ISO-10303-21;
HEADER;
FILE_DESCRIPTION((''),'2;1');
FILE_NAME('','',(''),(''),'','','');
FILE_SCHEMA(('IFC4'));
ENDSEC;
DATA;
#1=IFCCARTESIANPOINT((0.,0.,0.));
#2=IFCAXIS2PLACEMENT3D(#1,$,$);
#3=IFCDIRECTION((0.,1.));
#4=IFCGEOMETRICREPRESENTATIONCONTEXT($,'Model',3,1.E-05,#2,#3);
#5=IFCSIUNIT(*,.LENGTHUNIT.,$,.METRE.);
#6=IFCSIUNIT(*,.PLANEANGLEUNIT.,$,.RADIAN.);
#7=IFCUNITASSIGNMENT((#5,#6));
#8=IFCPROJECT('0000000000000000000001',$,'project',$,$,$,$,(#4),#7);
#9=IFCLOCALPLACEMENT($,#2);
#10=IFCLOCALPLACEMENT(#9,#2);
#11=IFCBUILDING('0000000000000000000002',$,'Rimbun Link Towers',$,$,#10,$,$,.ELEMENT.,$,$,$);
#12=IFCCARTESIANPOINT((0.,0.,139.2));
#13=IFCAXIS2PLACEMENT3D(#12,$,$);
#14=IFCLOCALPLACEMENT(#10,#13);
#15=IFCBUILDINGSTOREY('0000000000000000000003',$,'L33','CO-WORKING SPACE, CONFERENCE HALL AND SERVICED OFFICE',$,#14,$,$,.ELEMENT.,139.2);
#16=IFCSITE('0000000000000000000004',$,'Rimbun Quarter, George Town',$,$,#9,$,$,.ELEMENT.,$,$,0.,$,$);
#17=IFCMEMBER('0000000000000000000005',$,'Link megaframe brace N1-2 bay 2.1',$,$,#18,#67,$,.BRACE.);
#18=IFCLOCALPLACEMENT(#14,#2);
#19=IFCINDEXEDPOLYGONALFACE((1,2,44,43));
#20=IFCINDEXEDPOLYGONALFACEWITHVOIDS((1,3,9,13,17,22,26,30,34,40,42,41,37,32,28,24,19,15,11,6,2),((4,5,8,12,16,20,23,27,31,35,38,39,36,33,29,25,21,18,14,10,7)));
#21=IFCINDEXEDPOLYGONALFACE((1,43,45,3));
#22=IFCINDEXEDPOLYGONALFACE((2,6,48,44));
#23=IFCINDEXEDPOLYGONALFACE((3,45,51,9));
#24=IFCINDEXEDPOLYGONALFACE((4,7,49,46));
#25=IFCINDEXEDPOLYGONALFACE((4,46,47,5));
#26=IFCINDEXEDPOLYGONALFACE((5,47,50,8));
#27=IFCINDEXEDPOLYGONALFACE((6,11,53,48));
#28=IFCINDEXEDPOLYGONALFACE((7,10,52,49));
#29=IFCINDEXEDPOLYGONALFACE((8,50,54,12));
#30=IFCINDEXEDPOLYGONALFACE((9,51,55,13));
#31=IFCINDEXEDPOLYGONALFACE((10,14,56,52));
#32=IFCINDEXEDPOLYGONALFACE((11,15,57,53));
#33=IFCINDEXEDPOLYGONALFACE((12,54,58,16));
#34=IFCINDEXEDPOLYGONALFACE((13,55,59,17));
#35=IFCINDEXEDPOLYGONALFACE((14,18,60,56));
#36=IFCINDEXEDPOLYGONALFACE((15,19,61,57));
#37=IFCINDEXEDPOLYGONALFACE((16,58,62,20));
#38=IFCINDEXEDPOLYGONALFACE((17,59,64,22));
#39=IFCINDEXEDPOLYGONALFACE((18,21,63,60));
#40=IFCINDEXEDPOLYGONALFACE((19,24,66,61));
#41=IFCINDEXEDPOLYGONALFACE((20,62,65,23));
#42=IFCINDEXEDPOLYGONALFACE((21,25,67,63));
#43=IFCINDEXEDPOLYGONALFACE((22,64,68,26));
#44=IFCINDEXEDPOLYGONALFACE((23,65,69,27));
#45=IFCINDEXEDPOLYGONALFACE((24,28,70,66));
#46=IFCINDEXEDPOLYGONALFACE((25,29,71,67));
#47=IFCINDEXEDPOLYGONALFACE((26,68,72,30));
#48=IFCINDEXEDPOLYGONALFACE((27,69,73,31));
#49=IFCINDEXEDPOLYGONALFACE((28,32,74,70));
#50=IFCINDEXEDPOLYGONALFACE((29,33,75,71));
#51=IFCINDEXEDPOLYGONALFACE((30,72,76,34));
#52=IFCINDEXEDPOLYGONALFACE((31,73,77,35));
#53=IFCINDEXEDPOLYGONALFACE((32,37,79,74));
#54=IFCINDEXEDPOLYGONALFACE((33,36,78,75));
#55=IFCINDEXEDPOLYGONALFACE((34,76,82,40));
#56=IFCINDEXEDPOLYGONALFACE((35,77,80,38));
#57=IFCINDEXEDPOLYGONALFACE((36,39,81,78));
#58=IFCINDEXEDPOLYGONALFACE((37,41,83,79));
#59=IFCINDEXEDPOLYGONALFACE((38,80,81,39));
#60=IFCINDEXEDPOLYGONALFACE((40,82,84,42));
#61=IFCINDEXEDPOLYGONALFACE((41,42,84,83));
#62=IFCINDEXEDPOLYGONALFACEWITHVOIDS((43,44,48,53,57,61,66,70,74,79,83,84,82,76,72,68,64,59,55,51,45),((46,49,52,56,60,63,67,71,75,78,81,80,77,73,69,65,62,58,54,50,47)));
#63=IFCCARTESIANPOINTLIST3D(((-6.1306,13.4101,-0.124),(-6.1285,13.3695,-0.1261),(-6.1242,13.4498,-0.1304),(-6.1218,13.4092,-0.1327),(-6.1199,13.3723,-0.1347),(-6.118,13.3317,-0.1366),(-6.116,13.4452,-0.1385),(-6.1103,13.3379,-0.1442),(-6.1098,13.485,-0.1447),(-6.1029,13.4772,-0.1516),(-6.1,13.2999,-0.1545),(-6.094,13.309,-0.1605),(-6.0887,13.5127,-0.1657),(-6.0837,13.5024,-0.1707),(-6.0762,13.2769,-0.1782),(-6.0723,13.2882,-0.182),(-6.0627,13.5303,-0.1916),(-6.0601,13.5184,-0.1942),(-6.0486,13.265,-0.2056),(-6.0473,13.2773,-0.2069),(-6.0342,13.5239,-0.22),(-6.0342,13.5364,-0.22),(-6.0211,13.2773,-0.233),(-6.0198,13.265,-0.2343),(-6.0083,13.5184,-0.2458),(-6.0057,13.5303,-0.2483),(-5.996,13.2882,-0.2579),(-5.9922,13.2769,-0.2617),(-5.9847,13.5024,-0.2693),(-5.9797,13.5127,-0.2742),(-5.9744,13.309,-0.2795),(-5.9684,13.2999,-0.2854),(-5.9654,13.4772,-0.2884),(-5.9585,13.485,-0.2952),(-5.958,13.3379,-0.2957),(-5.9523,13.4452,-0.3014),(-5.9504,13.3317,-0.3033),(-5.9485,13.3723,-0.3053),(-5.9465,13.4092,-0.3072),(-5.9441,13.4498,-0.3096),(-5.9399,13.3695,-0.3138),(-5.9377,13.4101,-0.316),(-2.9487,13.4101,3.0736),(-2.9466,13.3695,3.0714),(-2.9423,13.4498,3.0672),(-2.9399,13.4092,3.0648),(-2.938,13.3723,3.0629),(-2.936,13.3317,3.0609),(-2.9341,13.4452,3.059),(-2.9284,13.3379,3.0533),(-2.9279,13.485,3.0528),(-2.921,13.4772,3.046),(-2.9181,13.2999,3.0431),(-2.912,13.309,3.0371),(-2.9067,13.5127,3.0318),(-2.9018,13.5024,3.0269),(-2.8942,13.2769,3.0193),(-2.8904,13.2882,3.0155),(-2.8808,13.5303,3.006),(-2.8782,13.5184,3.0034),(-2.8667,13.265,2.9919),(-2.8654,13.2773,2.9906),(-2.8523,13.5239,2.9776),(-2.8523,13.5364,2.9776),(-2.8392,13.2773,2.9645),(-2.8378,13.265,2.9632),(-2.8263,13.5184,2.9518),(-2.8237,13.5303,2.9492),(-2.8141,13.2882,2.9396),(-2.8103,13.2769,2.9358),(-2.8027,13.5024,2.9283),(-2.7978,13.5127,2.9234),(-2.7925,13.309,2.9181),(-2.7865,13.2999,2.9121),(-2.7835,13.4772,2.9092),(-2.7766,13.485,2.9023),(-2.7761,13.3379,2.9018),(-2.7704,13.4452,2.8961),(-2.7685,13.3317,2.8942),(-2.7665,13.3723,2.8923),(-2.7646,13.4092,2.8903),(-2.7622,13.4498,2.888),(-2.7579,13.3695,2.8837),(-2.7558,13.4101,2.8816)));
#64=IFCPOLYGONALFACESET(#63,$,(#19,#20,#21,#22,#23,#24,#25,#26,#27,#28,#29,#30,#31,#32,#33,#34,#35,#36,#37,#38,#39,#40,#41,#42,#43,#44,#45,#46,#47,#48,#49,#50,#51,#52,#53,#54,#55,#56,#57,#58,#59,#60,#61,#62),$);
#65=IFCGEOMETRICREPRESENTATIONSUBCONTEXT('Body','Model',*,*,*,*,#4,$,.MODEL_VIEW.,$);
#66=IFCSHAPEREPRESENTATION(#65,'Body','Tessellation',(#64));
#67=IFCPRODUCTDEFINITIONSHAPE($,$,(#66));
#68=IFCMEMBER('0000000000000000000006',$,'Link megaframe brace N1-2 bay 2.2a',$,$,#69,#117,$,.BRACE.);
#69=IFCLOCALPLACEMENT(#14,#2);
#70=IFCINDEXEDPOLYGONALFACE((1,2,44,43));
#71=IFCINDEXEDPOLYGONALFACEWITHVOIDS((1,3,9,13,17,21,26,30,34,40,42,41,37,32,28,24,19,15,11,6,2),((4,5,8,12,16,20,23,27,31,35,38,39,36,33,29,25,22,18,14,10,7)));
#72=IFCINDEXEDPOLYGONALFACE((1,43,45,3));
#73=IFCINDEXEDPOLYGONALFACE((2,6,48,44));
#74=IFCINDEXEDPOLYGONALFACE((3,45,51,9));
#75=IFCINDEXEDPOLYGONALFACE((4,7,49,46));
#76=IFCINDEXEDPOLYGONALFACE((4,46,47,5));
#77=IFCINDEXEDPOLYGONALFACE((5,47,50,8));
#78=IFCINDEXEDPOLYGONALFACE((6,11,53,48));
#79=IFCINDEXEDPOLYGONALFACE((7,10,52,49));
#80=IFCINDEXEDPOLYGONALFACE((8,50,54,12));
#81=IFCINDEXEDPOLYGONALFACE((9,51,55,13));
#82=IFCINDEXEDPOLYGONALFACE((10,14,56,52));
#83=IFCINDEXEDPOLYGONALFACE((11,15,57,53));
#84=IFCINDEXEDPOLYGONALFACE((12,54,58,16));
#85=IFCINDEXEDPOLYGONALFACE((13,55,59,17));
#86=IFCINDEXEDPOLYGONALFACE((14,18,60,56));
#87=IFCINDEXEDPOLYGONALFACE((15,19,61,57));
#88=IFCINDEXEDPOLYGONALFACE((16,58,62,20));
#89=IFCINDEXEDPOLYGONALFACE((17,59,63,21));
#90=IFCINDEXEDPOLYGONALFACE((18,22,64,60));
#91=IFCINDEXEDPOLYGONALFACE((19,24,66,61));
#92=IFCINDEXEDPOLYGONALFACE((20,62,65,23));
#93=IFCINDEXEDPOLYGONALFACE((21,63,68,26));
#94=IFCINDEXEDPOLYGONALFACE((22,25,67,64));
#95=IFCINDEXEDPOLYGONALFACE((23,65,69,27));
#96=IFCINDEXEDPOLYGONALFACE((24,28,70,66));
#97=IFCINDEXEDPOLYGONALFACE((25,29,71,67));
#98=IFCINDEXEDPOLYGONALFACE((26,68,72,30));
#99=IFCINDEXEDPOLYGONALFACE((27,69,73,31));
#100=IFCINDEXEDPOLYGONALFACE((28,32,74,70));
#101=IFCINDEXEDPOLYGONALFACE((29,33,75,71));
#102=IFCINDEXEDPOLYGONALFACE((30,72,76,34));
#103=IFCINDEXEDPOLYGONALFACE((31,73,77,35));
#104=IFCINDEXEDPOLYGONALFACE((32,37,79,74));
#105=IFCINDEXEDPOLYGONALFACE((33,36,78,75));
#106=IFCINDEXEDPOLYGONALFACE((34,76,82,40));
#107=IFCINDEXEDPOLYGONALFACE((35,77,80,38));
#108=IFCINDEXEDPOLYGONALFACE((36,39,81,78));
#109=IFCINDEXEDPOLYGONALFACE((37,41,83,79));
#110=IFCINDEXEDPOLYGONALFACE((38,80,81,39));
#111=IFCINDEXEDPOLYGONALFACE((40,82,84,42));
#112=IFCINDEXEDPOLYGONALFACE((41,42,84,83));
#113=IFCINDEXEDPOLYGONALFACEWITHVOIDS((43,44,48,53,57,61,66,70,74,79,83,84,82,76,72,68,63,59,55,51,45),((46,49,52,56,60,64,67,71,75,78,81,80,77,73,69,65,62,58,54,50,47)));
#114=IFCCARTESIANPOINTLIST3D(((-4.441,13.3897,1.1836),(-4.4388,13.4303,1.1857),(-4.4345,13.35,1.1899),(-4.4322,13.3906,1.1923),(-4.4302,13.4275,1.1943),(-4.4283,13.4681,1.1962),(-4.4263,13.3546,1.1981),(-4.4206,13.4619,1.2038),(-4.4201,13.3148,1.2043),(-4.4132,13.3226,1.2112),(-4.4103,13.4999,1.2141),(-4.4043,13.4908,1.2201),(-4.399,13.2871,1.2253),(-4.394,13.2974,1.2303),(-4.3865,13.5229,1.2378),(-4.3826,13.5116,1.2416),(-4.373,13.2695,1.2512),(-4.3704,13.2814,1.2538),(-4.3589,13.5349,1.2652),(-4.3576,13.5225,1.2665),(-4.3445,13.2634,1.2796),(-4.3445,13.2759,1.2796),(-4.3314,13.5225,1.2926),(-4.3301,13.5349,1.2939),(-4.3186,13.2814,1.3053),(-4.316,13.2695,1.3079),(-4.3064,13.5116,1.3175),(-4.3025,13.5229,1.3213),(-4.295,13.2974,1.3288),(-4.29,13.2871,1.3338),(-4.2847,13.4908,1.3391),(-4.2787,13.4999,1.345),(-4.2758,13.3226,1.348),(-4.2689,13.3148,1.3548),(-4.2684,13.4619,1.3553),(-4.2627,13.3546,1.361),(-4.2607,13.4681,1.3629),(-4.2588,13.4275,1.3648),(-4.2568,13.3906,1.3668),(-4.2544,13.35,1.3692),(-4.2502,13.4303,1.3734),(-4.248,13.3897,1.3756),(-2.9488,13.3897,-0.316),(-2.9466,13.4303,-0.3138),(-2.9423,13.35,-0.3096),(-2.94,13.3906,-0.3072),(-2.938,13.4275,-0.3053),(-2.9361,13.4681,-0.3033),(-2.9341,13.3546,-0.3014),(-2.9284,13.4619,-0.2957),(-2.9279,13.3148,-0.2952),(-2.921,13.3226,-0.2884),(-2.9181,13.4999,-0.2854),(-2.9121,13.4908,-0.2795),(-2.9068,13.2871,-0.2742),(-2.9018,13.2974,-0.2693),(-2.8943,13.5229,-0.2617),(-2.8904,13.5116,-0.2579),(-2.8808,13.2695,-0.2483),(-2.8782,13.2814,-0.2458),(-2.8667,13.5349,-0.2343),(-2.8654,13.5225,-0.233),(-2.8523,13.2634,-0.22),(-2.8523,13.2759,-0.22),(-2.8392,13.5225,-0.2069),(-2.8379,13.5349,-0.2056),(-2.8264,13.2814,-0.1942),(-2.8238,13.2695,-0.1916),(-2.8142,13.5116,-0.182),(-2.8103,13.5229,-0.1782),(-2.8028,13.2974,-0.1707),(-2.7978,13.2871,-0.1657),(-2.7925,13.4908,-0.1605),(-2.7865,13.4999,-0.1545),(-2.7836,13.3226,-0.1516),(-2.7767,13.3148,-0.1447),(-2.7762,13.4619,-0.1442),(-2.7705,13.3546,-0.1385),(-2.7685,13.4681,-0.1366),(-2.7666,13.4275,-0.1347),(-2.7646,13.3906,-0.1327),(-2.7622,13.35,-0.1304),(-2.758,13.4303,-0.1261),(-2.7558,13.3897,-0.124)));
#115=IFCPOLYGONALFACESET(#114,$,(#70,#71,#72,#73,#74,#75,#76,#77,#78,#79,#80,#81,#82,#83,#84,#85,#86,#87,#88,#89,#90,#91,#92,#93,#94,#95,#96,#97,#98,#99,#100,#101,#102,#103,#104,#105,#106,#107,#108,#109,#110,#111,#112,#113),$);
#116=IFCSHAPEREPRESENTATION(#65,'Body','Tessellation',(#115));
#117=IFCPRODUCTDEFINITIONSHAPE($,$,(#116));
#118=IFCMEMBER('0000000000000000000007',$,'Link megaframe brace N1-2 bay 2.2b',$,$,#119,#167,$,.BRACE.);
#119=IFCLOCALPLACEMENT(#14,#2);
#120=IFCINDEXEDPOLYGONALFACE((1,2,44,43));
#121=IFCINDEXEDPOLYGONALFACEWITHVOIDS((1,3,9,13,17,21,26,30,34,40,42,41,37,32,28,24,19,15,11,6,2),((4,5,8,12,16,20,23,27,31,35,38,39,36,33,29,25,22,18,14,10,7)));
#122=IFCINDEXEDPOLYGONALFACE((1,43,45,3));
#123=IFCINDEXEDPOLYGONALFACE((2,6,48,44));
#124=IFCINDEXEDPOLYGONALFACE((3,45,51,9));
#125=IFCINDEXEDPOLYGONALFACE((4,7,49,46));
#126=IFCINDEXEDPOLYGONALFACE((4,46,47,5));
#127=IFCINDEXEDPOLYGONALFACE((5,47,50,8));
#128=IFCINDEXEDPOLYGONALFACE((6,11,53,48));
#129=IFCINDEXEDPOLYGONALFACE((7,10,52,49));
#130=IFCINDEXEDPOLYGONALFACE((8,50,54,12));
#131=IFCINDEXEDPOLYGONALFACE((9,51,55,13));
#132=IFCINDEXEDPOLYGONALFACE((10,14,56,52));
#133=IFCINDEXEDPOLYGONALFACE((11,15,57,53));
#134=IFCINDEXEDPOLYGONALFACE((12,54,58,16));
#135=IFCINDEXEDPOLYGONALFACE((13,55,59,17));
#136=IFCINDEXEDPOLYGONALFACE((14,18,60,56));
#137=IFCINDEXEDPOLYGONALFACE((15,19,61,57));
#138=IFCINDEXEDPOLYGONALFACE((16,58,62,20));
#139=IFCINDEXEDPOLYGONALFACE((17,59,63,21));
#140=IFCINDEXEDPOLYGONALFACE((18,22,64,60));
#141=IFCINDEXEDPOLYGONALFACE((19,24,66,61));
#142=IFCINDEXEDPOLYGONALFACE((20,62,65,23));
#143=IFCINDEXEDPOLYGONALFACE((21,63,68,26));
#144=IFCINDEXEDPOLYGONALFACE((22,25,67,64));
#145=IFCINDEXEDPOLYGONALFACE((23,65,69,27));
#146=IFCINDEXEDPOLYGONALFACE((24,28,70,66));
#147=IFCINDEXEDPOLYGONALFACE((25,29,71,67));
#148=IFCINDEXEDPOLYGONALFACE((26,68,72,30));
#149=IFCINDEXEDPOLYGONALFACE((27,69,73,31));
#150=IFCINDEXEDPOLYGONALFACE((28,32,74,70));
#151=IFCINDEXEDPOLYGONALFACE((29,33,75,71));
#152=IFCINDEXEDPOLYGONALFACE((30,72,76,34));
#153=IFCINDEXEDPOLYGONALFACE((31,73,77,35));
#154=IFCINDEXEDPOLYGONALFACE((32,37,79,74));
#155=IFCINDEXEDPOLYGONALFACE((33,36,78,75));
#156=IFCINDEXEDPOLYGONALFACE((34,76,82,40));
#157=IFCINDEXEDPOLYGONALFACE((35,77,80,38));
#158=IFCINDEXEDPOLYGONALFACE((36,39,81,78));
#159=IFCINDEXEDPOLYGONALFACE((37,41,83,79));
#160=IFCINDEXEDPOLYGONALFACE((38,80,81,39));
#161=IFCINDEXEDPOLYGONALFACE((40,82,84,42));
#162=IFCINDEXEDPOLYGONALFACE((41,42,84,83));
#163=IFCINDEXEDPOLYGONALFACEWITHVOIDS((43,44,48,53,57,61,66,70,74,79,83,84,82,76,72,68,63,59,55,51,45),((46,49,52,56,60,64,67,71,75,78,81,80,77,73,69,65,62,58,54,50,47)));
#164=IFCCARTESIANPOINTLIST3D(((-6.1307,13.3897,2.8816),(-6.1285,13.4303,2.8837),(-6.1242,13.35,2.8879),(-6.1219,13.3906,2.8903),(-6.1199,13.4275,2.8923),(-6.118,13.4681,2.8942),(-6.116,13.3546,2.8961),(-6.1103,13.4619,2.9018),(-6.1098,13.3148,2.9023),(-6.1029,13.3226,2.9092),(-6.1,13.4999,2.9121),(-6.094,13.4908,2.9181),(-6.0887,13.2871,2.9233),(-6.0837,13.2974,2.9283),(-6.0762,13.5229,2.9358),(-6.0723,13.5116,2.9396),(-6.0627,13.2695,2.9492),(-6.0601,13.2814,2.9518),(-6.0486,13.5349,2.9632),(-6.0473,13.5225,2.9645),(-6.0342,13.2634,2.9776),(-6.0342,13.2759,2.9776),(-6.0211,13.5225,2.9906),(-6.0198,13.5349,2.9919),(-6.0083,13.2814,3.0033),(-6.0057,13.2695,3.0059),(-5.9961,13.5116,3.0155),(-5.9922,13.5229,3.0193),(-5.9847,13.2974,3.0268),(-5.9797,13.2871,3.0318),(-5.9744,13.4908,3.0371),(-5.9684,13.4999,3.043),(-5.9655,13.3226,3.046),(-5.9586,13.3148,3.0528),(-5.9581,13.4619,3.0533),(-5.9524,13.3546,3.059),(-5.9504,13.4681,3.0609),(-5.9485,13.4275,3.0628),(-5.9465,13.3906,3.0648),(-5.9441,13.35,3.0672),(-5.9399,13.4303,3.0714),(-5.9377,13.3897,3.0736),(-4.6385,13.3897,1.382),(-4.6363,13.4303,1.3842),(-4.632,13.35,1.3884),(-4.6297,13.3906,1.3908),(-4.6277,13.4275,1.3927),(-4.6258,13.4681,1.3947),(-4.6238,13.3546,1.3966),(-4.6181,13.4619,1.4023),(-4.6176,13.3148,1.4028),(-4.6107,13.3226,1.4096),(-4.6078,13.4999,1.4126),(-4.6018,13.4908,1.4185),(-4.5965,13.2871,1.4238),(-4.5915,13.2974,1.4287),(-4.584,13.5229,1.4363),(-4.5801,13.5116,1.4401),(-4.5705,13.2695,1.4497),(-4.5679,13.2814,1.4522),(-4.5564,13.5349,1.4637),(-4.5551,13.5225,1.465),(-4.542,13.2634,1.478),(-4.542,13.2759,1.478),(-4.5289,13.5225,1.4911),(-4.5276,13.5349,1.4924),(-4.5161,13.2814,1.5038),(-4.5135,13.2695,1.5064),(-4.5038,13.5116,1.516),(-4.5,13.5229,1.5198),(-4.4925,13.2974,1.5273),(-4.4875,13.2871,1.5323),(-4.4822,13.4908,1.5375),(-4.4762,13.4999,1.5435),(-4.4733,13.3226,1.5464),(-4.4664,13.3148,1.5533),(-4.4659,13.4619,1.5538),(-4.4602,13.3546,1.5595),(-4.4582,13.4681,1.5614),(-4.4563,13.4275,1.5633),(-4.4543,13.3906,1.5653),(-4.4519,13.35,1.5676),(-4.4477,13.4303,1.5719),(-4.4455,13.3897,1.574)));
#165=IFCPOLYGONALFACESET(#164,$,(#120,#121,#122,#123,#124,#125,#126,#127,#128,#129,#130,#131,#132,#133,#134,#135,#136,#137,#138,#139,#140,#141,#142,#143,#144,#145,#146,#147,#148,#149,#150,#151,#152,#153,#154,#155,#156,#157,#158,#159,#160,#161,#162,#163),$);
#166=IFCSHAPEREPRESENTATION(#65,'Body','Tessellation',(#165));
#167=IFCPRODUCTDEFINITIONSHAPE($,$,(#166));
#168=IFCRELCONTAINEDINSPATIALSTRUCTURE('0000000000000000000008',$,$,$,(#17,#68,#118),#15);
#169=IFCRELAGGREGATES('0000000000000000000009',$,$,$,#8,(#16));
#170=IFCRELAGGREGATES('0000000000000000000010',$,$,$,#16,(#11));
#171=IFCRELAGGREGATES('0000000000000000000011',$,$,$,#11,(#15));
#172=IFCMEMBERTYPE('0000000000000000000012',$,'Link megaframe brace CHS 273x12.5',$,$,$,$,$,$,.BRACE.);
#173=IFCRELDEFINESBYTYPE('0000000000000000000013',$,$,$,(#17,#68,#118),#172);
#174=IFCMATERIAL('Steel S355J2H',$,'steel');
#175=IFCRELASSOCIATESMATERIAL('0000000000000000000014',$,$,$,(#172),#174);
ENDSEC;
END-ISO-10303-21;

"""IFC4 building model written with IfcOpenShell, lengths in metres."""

from ifc_helpers import new_model, si_unit, direction, frame, origin, origin_2d, place, context, subcontext, project, spatial, hollow_circle, extrude, material, material_profile, profile_set, type_object, element, save


model = new_model("IFC4")

# Units and contexts
model_context = context("Model", 3, precision=1e-05, world=origin(), true_north=direction((0.0, 1.0)))
body_context = subcontext(model_context, "Body", "Model", "MODEL_VIEW")
ifc_project = project(units=[si_unit("LENGTHUNIT", "METRE"), si_unit("PLANEANGLEUNIT", "RADIAN")], contexts=[model_context])

# Site, building, storey
site_placement = place(None, origin())
site = spatial("IfcSite", under=ifc_project, at=site_placement, Name="Rimbun Quarter, George Town", CompositionType="ELEMENT", RefElevation=0.0)
building_placement = place(site_placement, origin())
building = spatial("IfcBuilding", under=site, at=building_placement, Name="Rimbun Link Towers", CompositionType="ELEMENT")
storey_placement = place(building_placement, frame((0.0, 0.0, 139.2)))
storey = spatial("IfcBuildingStorey", under=building, at=storey_placement, Name="L33", Description="CO-WORKING SPACE, CONFERENCE HALL AND SERVICED OFFICE", CompositionType="ELEMENT", Elevation=139.2)

# Members
ifc_material_1 = material(Name="Steel S355J2H", Category="steel")
ifc_material_profile_1 = material_profile(ifc_material_1, hollow_circle(Radius=0.1365, WallThickness=0.0125, at=origin_2d()), Name="CHS 273x12.5")
ifc_profile_set_1 = profile_set([ifc_material_profile_1], Name="Steel S355J2H")
member_type_1 = type_object("IfcMemberType", Name="Link megaframe brace CHS 273x12.5", PredefinedType="BRACE", material=ifc_profile_set_1)
member_1_placement = place(storey_placement, frame((-6.0342, 13.3999, -0.22), z_axis=(0.705373, 0.0, 0.708837), x_axis=(0.0, 1.0, 0.0)))
element("IfcMember", 1, at=member_1_placement, inside=storey, type_object=member_type_1, Name="Link megaframe brace N1-2 bay 2.1", PredefinedType="BRACE", context=body_context, shape_type="SweptSolid", body=[
    extrude(hollow_circle(Radius=0.1365, WallThickness=0.0125, at=origin_2d()), origin(), (0.0, 0.0, 1.0), 4.511),
])
for number, where, z_axis, x_axis, name in (
    (2, (-2.8523, 13.3999, -0.22), (-0.705374, 0.0, 0.708836), (0.0, -1.0, 0.0), "Link megaframe brace N1-2 bay 2.2a"),
    (3, (-4.542, 13.3999, 1.478), (-0.705374, 0.0, 0.708836), (0.0, -1.0, 0.0), "Link megaframe brace N1-2 bay 2.2b"),
):
    element("IfcMember", number, at=place(storey_placement, frame(where, z_axis=z_axis, x_axis=x_axis)), inside=storey, type_object=member_type_1, Name=name, PredefinedType="BRACE", context=body_context, shape_type="SweptSolid", body=[
        extrude(hollow_circle(Radius=0.1365, WallThickness=0.0125, at=origin_2d()), origin(), (0.0, 0.0, 1.0), 2.1155),
    ])

save(model, "model.ifc")
